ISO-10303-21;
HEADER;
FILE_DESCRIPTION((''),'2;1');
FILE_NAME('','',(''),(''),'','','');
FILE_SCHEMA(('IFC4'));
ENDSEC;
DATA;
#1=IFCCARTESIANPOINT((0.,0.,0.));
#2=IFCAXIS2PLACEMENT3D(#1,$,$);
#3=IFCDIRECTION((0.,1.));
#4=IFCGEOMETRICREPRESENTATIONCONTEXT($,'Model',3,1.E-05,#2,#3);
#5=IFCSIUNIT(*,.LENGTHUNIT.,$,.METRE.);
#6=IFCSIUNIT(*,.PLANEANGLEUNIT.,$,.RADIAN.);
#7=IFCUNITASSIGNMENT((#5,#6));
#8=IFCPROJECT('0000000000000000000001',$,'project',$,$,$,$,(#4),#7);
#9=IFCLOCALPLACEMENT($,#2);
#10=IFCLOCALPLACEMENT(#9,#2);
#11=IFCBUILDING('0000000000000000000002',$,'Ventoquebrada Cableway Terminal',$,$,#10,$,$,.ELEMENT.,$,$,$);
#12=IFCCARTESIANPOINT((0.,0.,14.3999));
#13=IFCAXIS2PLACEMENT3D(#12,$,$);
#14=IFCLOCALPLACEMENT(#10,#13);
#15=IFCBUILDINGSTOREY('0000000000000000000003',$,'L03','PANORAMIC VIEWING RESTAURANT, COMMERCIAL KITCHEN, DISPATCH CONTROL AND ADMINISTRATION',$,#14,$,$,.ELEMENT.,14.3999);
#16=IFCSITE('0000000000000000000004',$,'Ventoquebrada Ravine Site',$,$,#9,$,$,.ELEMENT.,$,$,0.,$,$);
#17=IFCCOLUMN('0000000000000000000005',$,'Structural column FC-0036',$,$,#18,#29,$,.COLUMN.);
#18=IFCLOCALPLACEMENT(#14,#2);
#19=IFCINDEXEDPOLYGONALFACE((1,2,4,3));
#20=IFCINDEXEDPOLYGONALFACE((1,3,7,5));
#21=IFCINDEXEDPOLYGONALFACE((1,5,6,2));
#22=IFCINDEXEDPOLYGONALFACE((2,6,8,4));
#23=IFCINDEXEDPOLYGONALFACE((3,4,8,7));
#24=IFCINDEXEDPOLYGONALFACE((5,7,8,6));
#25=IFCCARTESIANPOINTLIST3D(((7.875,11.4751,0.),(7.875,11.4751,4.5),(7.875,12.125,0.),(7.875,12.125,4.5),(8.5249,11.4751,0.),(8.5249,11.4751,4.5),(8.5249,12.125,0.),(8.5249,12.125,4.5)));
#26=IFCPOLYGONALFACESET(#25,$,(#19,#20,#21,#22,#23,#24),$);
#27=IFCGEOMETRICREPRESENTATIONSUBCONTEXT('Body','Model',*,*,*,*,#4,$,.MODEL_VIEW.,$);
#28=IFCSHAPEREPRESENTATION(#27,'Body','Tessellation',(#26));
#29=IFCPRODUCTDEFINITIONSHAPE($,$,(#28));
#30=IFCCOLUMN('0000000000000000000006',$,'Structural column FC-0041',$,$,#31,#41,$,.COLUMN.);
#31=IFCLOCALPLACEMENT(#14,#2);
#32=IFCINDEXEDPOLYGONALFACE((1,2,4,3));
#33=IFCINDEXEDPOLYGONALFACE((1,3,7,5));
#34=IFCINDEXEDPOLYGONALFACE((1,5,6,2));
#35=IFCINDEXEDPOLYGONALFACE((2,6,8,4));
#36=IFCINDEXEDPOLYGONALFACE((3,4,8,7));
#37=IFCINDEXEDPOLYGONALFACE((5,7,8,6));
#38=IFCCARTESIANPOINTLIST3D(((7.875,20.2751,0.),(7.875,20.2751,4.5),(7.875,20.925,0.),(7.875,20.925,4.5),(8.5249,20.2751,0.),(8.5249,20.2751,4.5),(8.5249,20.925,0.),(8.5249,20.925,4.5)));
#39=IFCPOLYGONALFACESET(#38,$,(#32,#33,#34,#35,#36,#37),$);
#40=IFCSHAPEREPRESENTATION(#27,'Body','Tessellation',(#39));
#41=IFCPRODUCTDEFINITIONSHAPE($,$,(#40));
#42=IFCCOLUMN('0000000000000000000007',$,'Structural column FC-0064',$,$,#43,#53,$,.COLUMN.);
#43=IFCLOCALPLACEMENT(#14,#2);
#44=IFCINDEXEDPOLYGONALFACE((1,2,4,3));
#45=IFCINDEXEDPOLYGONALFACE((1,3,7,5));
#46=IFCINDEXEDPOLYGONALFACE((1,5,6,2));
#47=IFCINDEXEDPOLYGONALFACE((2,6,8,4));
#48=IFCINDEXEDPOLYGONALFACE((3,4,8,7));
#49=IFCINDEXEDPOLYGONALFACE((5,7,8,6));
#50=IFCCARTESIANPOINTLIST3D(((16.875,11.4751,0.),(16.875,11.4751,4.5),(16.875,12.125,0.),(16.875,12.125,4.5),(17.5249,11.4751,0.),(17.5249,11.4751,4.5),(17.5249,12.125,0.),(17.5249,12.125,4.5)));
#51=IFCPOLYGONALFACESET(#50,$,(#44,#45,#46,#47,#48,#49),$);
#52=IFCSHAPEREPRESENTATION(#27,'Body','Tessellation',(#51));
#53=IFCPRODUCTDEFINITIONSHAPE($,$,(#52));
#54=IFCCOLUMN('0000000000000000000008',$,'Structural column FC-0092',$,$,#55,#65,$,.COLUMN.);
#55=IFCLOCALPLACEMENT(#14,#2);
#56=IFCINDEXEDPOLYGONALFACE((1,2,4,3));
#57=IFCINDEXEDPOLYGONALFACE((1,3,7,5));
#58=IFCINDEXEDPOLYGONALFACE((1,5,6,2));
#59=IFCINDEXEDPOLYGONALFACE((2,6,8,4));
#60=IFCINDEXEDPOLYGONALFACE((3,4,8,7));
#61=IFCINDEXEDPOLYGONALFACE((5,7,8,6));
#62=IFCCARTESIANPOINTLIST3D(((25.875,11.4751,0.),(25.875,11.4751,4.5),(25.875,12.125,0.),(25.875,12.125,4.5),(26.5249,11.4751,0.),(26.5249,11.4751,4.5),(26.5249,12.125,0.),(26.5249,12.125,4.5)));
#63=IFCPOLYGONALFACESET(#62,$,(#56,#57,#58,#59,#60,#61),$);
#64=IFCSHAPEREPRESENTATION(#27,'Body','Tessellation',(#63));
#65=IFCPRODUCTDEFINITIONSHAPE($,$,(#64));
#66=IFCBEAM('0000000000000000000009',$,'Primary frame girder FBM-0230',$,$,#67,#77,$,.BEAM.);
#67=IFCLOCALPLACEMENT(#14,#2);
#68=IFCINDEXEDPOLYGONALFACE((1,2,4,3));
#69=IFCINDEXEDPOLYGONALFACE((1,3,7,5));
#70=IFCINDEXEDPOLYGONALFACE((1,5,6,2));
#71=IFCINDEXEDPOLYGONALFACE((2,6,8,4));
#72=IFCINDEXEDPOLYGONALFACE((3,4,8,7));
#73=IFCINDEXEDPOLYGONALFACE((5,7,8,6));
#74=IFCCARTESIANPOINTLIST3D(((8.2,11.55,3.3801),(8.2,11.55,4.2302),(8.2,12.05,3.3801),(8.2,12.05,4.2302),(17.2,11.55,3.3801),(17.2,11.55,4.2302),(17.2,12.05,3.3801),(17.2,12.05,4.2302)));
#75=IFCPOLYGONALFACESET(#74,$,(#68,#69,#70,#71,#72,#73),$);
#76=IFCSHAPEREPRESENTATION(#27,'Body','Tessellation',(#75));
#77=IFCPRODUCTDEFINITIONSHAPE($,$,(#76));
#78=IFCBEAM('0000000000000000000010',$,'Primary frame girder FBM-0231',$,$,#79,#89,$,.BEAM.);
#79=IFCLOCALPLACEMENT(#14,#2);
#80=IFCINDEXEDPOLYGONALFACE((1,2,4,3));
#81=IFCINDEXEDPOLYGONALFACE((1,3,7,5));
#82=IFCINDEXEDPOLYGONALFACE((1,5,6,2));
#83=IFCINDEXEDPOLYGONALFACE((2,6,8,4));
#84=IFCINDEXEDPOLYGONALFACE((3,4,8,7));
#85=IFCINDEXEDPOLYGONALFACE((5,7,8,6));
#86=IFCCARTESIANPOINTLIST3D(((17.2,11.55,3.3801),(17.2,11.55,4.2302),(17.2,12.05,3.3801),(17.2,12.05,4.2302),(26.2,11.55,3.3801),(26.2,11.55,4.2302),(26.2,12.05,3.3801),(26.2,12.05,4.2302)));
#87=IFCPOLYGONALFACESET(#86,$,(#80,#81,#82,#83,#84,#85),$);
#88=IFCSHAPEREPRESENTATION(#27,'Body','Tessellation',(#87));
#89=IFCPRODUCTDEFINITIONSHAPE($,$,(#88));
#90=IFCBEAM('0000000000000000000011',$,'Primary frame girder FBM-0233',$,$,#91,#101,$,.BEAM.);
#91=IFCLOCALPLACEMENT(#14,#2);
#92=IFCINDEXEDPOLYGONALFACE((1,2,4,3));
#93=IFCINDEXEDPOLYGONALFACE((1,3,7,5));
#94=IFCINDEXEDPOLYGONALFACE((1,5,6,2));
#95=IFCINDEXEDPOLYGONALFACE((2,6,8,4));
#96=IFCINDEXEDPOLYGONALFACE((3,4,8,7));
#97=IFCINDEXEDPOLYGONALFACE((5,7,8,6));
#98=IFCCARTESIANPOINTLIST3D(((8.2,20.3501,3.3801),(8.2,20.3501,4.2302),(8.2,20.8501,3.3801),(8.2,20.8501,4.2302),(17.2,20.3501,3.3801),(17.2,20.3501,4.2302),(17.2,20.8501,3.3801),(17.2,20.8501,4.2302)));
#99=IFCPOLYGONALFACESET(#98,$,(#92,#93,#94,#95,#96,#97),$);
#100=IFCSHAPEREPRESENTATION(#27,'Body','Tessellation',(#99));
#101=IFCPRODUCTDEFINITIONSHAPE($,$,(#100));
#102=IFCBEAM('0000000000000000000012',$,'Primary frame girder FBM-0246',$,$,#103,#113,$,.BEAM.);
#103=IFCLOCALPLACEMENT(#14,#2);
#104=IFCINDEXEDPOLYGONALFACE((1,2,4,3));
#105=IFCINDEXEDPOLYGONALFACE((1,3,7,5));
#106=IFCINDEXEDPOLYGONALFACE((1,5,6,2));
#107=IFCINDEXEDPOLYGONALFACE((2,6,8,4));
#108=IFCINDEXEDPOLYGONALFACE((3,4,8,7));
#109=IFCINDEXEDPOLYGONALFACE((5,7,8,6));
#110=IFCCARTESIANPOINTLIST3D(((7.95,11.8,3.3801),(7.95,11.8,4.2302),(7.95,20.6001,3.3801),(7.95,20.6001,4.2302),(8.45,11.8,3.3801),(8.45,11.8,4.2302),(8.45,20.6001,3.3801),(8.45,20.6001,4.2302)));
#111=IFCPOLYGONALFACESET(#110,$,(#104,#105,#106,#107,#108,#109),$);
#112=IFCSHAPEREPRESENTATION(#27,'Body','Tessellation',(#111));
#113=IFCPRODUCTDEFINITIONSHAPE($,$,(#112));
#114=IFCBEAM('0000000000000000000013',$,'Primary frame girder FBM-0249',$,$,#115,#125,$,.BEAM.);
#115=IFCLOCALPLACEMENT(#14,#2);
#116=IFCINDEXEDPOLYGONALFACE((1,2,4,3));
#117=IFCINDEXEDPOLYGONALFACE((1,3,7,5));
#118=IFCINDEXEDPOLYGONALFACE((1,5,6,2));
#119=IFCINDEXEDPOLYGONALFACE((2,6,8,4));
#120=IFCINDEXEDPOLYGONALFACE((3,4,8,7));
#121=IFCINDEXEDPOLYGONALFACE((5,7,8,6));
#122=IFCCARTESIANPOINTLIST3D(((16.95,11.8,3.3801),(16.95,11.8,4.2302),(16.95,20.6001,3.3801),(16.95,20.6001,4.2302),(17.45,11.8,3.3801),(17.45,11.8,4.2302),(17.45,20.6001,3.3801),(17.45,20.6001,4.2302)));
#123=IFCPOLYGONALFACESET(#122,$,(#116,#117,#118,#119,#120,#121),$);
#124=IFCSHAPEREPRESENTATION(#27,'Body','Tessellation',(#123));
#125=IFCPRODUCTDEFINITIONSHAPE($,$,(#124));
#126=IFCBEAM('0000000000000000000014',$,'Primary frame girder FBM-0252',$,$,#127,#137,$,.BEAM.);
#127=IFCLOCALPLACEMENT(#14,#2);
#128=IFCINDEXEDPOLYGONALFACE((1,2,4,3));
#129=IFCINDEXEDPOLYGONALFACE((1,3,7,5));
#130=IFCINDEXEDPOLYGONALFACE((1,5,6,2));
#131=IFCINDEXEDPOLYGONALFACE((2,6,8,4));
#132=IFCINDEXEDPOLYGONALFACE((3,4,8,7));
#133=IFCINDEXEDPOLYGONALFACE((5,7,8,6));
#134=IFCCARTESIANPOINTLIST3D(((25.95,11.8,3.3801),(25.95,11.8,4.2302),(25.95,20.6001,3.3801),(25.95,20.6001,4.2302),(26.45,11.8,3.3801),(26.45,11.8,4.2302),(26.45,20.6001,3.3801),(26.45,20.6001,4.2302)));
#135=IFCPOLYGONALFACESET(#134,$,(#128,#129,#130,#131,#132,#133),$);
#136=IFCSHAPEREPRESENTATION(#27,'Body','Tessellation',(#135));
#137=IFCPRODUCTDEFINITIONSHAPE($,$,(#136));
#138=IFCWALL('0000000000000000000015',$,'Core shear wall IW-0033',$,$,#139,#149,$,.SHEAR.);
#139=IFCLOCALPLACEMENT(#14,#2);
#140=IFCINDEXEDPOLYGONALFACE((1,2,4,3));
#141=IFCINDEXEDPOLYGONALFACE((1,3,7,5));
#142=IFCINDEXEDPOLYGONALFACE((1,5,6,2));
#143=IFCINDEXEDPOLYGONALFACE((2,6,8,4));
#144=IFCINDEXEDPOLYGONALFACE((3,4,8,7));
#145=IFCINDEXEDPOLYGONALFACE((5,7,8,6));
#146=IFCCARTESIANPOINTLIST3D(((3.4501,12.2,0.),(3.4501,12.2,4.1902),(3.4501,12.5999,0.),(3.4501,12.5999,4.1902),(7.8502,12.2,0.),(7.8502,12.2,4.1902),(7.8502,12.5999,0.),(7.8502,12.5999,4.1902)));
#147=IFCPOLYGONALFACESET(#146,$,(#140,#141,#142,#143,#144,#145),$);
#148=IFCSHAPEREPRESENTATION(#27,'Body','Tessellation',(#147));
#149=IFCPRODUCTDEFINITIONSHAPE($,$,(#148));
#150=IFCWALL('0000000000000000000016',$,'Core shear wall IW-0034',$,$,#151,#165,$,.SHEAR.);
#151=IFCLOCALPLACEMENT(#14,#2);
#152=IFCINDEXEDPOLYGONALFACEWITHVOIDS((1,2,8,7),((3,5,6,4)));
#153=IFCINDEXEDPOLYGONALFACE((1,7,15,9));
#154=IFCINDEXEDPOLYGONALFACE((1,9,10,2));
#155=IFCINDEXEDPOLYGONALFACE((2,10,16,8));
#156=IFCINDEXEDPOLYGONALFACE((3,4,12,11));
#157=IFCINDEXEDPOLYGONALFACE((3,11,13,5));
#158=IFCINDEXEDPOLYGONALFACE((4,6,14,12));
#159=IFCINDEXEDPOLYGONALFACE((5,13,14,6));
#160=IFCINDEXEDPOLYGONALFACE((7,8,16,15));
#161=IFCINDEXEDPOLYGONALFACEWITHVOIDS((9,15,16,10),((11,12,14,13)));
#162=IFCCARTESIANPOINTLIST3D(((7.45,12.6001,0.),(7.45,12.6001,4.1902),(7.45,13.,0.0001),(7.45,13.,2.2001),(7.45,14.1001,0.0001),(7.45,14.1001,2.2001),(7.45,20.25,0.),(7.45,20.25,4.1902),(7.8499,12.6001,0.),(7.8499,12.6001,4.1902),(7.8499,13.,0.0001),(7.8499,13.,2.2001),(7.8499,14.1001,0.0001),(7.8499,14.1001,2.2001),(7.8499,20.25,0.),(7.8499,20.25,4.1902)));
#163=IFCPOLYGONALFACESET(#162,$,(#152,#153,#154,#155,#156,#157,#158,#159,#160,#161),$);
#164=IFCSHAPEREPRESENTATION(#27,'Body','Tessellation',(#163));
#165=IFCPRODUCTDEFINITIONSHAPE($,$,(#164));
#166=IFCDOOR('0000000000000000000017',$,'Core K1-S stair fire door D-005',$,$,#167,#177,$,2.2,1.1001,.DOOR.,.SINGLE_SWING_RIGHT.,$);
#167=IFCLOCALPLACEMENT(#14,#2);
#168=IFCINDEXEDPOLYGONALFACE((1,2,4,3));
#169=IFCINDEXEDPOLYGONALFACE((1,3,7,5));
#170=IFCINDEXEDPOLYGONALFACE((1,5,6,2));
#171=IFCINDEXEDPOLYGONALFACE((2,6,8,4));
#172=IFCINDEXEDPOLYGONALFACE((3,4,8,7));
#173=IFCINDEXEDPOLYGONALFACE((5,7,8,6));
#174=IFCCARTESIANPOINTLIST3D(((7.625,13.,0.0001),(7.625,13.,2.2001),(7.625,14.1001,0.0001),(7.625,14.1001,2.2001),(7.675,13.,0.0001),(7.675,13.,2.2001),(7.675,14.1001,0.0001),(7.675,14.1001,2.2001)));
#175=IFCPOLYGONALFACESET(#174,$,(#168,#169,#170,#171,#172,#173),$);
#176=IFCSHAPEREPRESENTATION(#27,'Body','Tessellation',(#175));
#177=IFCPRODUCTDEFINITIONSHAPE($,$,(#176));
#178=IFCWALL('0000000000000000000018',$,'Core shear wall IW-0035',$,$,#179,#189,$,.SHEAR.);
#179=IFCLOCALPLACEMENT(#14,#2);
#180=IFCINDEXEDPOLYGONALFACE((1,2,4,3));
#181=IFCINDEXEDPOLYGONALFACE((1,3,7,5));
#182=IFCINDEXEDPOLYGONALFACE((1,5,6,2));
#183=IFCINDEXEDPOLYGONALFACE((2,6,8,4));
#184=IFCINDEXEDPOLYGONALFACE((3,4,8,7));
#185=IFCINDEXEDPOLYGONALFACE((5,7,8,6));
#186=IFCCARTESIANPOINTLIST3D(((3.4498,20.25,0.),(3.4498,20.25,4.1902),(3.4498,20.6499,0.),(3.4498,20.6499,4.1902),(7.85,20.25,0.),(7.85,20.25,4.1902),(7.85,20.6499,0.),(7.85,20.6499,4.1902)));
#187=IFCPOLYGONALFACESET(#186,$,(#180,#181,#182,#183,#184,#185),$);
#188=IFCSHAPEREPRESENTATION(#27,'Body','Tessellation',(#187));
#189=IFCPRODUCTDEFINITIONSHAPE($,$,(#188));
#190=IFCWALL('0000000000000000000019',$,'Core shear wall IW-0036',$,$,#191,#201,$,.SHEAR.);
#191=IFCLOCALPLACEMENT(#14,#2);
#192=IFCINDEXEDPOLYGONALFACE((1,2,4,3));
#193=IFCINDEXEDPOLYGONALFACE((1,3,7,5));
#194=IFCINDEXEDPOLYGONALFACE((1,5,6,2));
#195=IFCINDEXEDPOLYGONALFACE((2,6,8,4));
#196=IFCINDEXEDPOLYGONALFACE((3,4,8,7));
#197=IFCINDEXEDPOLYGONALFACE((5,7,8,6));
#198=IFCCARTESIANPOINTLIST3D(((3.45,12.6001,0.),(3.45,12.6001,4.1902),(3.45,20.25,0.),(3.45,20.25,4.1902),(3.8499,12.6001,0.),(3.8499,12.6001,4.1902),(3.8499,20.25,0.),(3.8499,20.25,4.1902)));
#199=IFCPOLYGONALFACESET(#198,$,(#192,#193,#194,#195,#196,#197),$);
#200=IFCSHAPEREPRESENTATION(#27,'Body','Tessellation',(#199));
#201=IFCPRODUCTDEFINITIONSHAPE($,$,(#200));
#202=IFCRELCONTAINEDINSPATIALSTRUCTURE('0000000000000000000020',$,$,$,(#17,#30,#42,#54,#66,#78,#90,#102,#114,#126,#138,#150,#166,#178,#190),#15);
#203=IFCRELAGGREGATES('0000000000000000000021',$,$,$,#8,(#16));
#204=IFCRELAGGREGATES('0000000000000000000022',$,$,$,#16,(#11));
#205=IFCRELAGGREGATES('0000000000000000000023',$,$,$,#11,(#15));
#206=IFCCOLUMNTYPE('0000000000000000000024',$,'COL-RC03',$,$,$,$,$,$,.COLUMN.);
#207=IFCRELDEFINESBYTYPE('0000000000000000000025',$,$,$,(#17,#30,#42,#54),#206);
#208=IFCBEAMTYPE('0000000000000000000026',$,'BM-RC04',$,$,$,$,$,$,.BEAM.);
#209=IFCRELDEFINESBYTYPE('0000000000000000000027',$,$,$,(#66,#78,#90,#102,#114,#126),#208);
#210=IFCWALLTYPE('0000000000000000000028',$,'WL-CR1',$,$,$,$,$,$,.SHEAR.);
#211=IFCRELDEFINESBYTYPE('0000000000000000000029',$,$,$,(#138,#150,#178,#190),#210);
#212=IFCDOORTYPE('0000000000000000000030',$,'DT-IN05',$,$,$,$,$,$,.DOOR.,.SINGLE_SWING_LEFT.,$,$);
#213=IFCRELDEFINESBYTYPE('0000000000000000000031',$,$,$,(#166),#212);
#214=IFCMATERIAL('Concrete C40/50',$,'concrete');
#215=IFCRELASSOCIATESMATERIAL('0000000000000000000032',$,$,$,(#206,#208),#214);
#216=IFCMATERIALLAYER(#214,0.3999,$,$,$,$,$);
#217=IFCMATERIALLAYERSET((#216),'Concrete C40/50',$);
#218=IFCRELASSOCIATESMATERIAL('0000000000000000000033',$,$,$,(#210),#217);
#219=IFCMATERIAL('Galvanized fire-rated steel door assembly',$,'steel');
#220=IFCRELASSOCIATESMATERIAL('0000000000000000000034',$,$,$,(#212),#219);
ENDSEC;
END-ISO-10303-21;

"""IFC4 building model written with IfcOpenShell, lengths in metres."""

from ifc_helpers import new_model, si_unit, direction, frame, frame_2d, origin, origin_2d, place, context, subcontext, project, spatial, rectangle, extrude, material, layer, layer_set, material_profile, profile_set, type_object, element, fill, save


model = new_model("IFC4")

# Units and contexts
model_context = context("Model", 3, precision=1e-05, world=origin(), true_north=direction((0.0, 1.0)))
body_context = subcontext(model_context, "Body", "Model", "MODEL_VIEW")
ifc_project = project(units=[si_unit("LENGTHUNIT", "METRE"), si_unit("PLANEANGLEUNIT", "RADIAN")], contexts=[model_context])

# Site, building, storey
site_placement = place(None, origin())
site = spatial("IfcSite", under=ifc_project, at=site_placement, Name="Ventoquebrada Ravine Site", CompositionType="ELEMENT", RefElevation=0.0)
building_placement = place(site_placement, origin())
building = spatial("IfcBuilding", under=site, at=building_placement, Name="Ventoquebrada Cableway Terminal", CompositionType="ELEMENT")
storey_placement = place(building_placement, frame((0.0, 0.0, 14.3999)))
storey = spatial("IfcBuildingStorey", under=building, at=storey_placement, Name="L03", Description="PANORAMIC VIEWING RESTAURANT, COMMERCIAL KITCHEN, DISPATCH CONTROL AND ADMINISTRATION", CompositionType="ELEMENT", Elevation=14.3999)

# Columns
ifc_material_1 = material(Name="Concrete C40/50", Category="concrete")
ifc_material_profile_1 = material_profile(ifc_material_1, rectangle(XDim=0.6499, YDim=0.6499, at=origin_2d()), Name="RC-COL-650X650")
ifc_profile_set_1 = profile_set([ifc_material_profile_1], Name="Concrete C40/50")
column_type = type_object("IfcColumnType", Name="COL-RC03", PredefinedType="COLUMN", material=ifc_profile_set_1)
for number, where, z_axis, x_axis, name in (
    (1, (8.2, 11.8, 0.0), (0.0, 0.0, 1.0), (1.0, 0.0, 0.0), "Structural column FC-0036"),
    (2, (8.2, 20.6001, 0.0), (0.0, 0.0, 1.0), (1.0, 0.0, 0.0), "Structural column FC-0041"),
    (3, (17.2, 11.8, 0.0), (0.0, 0.0, 1.0), (1.0, 0.0, 0.0), "Structural column FC-0064"),
    (4, (26.2, 11.8, 0.0), (0.0, 0.0, 1.0), (1.0, 0.0, 0.0), "Structural column FC-0092"),
):
    element("IfcColumn", number, at=place(storey_placement, frame(where, z_axis=z_axis, x_axis=x_axis)), inside=storey, type_object=column_type, Name=name, PredefinedType="COLUMN", context=body_context, shape_type="SweptSolid", body=[
        extrude(rectangle(XDim=0.6499, YDim=0.6499, at=origin_2d()), origin(), (0.0, 0.0, 1.0), 4.5),
    ])

# Beams
ifc_material_profile_2 = material_profile(ifc_material_1, rectangle(XDim=0.5, YDim=0.8501, at=origin_2d()), Name="RC-BM-500X850")
ifc_profile_set_2 = profile_set([ifc_material_profile_2], Name="Concrete C40/50")
beam_type = type_object("IfcBeamType", Name="BM-RC04", PredefinedType="BEAM", material=ifc_profile_set_2)
for number, where, z_axis, x_axis, name in (
    (5, (8.2, 11.8, 3.8052), (1.0, 0.0, 0.0), (0.0, 1.0, 0.0), "Primary frame girder FBM-0230"),
    (6, (17.2, 11.8, 3.8052), (1.0, 0.0, 0.0), (0.0, 1.0, 0.0), "Primary frame girder FBM-0231"),
    (7, (8.2, 20.6001, 3.8052), (1.0, 0.0, 0.0), (0.0, 1.0, 0.0), "Primary frame girder FBM-0233"),
):
    element("IfcBeam", number, at=place(storey_placement, frame(where, z_axis=z_axis, x_axis=x_axis)), inside=storey, type_object=beam_type, Name=name, PredefinedType="BEAM", context=body_context, shape_type="SweptSolid", body=[
        extrude(rectangle(XDim=0.5, YDim=0.8501, at=origin_2d()), origin(), (0.0, 0.0, 1.0), 9.0),
    ])
for number, where, z_axis, x_axis, name in (
    (8, (8.2, 11.8, 3.8052), (0.0, 1.0, 0.0), (-1.0, 0.0, 0.0), "Primary frame girder FBM-0246"),
    (9, (17.2, 11.8, 3.8052), (0.0, 1.0, 0.0), (-1.0, 0.0, 0.0), "Primary frame girder FBM-0249"),
    (10, (26.2, 11.8, 3.8052), (0.0, 1.0, 0.0), (-1.0, 0.0, 0.0), "Primary frame girder FBM-0252"),
):
    element("IfcBeam", number, at=place(storey_placement, frame(where, z_axis=z_axis, x_axis=x_axis)), inside=storey, type_object=beam_type, Name=name, PredefinedType="BEAM", context=body_context, shape_type="SweptSolid", body=[
        extrude(rectangle(XDim=0.5, YDim=0.8501, at=origin_2d()), origin(), (0.0, 0.0, 1.0), 8.8),
    ])

# Wall
ifc_layer_1 = layer(ifc_material_1, 0.3999)
ifc_layer_set_1 = layer_set([ifc_layer_1], Name="Concrete C40/50")
wall_type_1 = type_object("IfcWallType", Name="WL-CR1", PredefinedType="SHEAR", material=ifc_layer_set_1)
wall_1_placement = place(storey_placement, frame((3.45, 12.3999, 0.0), z_axis=(0.0, 0.0, 1.0), x_axis=(1.0, 0.0, 0.0)))
element("IfcWall", 11, at=wall_1_placement, inside=storey, type_object=wall_type_1, Name="Core shear wall IW-0033", PredefinedType="SHEAR", context=body_context, shape_type="SweptSolid", body=[
    extrude(rectangle(XDim=4.4001, YDim=0.3999, at=frame_2d((2.2002, 0.0))), origin(), (0.0, 0.0, 1.0), 4.1902),
])

# Wall, opening, door
wall_2_placement = place(storey_placement, frame((7.6499, 12.6001, 0.0), z_axis=(0.0, 0.0, 1.0), x_axis=(0.0, 1.0, 0.0)))
wall_2 = element("IfcWall", 12, at=wall_2_placement, inside=storey, type_object=wall_type_1, Name="Core shear wall IW-0034", PredefinedType="SHEAR", context=body_context, shape_type="SweptSolid", body=[
    extrude(rectangle(XDim=7.6499, YDim=0.3999, at=frame_2d((3.825, 0.0))), origin(), (0.0, 0.0, 1.0), 4.1902),
])
opening_1_placement = place(wall_2_placement, frame((0.3999, 0.0, 0.0)))
opening_1 = element("IfcOpeningElement", 13, at=opening_1_placement, cuts=wall_2, PredefinedType="OPENING", context=body_context, shape_type="SweptSolid", body=[
    extrude(rectangle(XDim=1.1001, YDim=2.2, at=frame_2d((0.55, 1.1001))), frame((0.0, 0.21, 0.0), z_axis=(0.0, -1.0, 0.0), x_axis=(1.0, 0.0, 0.0)), (0.0, 0.0, 1.0), 0.4199),
])
ifc_material_2 = material(Name="Galvanized fire-rated steel door assembly", Category="steel")
door_type_1 = type_object("IfcDoorType", Name="DT-IN05", OperationType="SINGLE_SWING_LEFT", PredefinedType="DOOR", material=ifc_material_2)
door_1_placement = place(opening_1_placement, origin())
door_1 = element("IfcDoor", 14, at=door_1_placement, inside=storey, type_object=door_type_1, Name="Core K1-S stair fire door D-005", OperationType="SINGLE_SWING_RIGHT", OverallHeight=2.2, OverallWidth=1.1001, PredefinedType="DOOR", context=body_context, shape_type="SweptSolid", body=[
    extrude(rectangle(XDim=1.1001, YDim=2.2, at=frame_2d((0.55, 1.1001))), frame((0.0, 0.0249, 0.0), z_axis=(0.0, -1.0, 0.0), x_axis=(1.0, 0.0, 0.0)), (0.0, 0.0, 1.0), 0.05),
])
fill(opening_1, door_1)

# Walls
wall_3_placement = place(storey_placement, frame((7.8501, 20.45, 0.0), z_axis=(0.0, 0.0, 1.0), x_axis=(-1.0, 0.0, 0.0)))
element("IfcWall", 15, at=wall_3_placement, inside=storey, type_object=wall_type_1, Name="Core shear wall IW-0035", PredefinedType="SHEAR", context=body_context, shape_type="SweptSolid", body=[
    extrude(rectangle(XDim=4.4001, YDim=0.3999, at=frame_2d((2.2002, 0.0))), origin(), (0.0, 0.0, 1.0), 4.1902),
])
wall_4_placement = place(storey_placement, frame((3.6499, 20.25, 0.0), z_axis=(0.0, 0.0, 1.0), x_axis=(0.0, -1.0, 0.0)))
element("IfcWall", 16, at=wall_4_placement, inside=storey, type_object=wall_type_1, Name="Core shear wall IW-0036", PredefinedType="SHEAR", context=body_context, shape_type="SweptSolid", body=[
    extrude(rectangle(XDim=7.6499, YDim=0.3999, at=frame_2d((3.825, 0.0))), origin(), (0.0, 0.0, 1.0), 4.1902),
])

save(model, "model.ifc")
